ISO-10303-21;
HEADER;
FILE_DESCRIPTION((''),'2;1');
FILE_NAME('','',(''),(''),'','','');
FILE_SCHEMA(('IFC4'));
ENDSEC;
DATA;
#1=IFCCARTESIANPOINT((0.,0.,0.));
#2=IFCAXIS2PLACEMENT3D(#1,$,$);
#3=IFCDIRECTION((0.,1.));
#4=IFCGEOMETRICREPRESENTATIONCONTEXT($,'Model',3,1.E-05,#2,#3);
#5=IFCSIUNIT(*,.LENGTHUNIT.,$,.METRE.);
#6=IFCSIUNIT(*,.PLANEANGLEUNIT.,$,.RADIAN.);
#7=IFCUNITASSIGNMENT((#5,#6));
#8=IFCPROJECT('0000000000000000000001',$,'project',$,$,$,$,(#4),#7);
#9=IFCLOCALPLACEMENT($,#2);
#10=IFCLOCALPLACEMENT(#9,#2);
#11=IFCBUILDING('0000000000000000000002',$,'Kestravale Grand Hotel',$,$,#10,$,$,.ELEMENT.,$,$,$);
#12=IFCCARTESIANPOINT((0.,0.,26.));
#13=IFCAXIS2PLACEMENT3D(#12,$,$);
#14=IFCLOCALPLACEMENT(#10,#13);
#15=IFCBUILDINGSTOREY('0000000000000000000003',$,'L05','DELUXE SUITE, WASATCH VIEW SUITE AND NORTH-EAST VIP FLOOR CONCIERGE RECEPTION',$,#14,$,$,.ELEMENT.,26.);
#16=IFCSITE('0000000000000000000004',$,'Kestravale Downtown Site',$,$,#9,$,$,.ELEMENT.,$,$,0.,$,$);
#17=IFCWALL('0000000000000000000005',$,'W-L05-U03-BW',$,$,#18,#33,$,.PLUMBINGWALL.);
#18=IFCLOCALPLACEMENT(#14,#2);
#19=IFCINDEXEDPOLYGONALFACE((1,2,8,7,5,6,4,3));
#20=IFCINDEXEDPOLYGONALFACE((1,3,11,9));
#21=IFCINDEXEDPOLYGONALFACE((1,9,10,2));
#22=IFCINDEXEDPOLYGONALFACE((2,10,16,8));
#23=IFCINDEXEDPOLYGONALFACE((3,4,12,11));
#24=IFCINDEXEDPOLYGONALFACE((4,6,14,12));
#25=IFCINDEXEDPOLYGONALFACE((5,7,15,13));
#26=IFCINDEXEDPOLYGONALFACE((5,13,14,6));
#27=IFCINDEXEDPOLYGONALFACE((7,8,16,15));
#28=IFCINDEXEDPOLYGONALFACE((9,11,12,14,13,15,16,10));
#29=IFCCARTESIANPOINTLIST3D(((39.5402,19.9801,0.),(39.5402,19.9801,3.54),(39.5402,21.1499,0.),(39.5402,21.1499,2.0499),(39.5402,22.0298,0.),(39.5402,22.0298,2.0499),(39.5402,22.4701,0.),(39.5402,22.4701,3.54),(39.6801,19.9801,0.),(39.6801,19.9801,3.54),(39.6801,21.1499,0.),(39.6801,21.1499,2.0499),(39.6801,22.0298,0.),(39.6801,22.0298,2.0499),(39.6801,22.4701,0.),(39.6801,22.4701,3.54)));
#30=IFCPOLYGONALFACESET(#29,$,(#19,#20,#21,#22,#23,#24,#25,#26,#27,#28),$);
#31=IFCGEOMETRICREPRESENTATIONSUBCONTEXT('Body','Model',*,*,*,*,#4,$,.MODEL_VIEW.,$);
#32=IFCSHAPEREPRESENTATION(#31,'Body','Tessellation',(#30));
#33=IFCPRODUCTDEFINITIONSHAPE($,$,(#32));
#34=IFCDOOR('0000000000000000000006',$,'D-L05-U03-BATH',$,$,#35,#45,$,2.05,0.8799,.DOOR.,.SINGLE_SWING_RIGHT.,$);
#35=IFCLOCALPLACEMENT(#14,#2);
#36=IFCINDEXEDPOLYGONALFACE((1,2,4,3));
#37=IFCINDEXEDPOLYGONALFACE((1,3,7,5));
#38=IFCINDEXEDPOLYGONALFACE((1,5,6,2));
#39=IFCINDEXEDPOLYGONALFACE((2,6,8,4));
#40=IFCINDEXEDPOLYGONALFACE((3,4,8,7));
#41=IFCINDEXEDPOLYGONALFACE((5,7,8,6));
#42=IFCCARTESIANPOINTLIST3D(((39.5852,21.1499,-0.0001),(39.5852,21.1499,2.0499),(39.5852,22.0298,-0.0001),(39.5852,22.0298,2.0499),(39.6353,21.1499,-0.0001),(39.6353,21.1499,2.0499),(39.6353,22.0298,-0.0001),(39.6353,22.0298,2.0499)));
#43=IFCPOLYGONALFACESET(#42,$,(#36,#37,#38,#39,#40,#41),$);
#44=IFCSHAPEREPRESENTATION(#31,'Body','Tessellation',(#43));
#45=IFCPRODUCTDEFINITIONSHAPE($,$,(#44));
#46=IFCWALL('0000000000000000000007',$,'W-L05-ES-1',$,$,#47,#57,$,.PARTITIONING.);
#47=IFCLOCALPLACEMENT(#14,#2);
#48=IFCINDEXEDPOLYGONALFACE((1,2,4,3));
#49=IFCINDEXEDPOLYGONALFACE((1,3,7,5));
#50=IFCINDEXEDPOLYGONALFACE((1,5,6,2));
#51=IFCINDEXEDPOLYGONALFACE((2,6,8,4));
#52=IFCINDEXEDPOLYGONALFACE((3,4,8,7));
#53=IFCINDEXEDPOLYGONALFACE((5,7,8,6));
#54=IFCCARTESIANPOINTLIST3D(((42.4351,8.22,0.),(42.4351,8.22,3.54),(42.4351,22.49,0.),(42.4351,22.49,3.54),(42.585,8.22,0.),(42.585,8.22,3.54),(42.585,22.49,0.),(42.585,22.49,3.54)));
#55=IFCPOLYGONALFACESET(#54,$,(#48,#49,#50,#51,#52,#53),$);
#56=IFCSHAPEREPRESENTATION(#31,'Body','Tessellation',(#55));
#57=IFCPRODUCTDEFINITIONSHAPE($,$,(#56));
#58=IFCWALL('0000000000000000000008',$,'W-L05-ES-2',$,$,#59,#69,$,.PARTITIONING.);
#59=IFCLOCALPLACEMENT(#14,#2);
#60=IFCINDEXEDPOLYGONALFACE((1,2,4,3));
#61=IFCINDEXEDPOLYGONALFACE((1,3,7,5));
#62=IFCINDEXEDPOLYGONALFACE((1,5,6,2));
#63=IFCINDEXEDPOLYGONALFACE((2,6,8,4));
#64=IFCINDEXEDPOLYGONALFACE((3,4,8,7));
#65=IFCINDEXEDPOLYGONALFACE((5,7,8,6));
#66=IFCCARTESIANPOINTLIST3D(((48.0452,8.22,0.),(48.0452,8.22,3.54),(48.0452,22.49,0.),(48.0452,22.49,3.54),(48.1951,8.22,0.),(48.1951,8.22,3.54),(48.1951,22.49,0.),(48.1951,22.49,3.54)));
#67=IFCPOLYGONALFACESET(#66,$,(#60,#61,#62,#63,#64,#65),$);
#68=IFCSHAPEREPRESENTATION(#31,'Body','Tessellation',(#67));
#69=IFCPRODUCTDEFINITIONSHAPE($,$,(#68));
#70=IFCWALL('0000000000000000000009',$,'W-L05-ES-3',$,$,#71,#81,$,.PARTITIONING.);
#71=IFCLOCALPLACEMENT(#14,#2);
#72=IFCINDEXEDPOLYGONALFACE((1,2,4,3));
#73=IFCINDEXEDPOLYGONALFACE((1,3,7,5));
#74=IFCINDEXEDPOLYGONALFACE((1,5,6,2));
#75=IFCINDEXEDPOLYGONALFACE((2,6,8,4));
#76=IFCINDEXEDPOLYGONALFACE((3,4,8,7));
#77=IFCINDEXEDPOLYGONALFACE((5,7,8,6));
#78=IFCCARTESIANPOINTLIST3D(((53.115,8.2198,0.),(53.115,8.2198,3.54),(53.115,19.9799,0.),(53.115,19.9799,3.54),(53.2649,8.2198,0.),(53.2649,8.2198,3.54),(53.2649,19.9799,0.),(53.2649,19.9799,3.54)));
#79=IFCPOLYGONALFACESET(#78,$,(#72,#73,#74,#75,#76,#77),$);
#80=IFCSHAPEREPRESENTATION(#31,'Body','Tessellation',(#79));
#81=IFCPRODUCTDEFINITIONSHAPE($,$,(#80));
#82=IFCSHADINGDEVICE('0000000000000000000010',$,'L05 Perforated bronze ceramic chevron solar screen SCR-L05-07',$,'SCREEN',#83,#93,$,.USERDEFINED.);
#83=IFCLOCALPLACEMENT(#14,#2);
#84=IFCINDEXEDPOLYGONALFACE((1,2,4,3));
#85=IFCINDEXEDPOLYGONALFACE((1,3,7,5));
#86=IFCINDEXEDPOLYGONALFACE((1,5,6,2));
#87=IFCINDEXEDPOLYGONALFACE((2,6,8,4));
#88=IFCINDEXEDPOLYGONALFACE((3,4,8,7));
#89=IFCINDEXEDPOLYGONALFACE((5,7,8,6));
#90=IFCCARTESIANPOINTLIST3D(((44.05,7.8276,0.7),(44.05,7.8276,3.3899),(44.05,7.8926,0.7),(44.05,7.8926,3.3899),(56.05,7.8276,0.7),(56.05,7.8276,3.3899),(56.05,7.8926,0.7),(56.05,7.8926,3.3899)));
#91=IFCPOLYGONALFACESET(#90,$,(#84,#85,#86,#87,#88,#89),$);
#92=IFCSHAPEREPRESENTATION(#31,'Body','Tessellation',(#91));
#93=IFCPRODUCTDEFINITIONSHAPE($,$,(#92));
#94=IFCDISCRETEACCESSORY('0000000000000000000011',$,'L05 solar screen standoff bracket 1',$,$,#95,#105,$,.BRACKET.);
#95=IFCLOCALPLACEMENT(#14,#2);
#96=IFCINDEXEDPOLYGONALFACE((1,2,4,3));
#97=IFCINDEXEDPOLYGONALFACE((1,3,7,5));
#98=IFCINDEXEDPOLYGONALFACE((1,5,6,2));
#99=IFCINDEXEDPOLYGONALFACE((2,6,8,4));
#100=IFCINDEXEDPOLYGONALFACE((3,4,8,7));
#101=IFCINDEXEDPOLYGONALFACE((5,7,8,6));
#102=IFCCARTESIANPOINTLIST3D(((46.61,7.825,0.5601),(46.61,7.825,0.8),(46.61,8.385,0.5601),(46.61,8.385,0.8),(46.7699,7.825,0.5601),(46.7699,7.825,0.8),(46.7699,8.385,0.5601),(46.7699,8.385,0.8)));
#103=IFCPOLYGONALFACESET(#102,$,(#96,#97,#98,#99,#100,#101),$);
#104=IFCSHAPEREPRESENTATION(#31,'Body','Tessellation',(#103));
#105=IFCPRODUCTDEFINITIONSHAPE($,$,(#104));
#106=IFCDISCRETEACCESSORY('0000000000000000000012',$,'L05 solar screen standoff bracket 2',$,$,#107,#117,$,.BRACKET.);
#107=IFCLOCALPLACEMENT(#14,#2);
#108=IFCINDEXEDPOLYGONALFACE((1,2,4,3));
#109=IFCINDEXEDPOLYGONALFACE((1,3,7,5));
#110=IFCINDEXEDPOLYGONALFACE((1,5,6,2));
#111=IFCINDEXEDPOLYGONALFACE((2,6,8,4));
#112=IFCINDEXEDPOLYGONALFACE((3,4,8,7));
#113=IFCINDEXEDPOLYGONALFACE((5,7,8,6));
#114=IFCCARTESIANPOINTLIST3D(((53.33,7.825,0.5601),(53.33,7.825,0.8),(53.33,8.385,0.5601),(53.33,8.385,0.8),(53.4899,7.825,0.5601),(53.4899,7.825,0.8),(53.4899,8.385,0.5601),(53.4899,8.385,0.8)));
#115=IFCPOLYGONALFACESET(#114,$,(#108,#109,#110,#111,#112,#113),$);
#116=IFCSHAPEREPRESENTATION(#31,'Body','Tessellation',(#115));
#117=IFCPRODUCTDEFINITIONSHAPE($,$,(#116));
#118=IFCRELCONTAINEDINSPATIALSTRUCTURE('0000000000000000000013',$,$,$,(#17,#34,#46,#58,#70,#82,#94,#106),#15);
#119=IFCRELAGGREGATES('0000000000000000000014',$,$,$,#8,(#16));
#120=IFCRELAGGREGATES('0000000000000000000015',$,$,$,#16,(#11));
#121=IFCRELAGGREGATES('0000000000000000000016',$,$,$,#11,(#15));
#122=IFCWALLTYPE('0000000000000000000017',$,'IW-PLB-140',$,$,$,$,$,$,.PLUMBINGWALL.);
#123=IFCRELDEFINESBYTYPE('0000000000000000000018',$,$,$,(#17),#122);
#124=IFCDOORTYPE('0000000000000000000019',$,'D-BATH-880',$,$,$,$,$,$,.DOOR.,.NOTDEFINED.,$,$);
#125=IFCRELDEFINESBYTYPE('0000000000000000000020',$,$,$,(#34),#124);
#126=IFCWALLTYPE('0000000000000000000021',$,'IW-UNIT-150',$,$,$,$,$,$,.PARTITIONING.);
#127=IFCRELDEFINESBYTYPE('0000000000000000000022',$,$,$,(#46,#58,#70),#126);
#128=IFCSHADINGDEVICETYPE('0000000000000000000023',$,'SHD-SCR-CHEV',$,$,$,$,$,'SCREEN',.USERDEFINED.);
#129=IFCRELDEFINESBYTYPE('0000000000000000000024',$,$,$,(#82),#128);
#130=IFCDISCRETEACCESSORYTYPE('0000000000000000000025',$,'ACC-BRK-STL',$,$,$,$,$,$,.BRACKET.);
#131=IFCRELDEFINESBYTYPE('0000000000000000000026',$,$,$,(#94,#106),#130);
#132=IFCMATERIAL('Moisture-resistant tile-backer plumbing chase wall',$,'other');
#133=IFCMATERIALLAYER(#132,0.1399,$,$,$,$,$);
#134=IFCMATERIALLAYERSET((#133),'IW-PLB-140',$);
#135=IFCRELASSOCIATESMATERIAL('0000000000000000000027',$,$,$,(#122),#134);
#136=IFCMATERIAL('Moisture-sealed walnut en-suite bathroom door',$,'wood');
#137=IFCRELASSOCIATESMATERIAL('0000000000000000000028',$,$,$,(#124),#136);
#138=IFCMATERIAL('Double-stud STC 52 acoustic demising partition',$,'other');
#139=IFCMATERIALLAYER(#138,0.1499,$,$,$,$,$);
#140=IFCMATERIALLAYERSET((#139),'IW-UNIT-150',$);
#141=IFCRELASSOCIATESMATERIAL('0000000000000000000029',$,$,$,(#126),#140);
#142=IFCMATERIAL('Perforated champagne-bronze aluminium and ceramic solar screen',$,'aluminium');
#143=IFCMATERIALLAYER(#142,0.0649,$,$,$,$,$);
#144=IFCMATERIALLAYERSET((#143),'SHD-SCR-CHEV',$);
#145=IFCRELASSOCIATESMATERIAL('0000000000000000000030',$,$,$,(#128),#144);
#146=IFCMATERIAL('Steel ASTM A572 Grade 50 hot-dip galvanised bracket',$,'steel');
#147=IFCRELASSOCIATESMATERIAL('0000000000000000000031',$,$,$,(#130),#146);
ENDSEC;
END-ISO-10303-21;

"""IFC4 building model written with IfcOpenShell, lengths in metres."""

from ifc_helpers import new_model, si_unit, direction, frame, frame_2d, origin, origin_2d, place, context, subcontext, project, spatial, rectangle, extrude, material, layer, layer_set, type_object, element, fill, save


model = new_model("IFC4")

# Units and contexts
model_context = context("Model", 3, precision=1e-05, world=origin(), true_north=direction((0.0, 1.0)))
body_context = subcontext(model_context, "Body", "Model", "MODEL_VIEW")
ifc_project = project(units=[si_unit("LENGTHUNIT", "METRE"), si_unit("PLANEANGLEUNIT", "RADIAN")], contexts=[model_context])

# Site, building, storey
site_placement = place(None, origin())
site = spatial("IfcSite", under=ifc_project, at=site_placement, Name="Kestravale Downtown Site", CompositionType="ELEMENT", RefElevation=0.0)
building_placement = place(site_placement, origin())
building = spatial("IfcBuilding", under=site, at=building_placement, Name="Kestravale Grand Hotel", CompositionType="ELEMENT")
storey_placement = place(building_placement, frame((0.0, 0.0, 26.0)))
storey = spatial("IfcBuildingStorey", under=building, at=storey_placement, Name="L05", Description="DELUXE SUITE, WASATCH VIEW SUITE AND NORTH-EAST VIP FLOOR CONCIERGE RECEPTION", CompositionType="ELEMENT", Elevation=26.0)

# Wall, opening, door
ifc_material_1 = material(Name="Moisture-resistant tile-backer plumbing chase wall", Category="other")
ifc_layer_1 = layer(ifc_material_1, 0.1399)
ifc_layer_set_1 = layer_set([ifc_layer_1], Name="IW-PLB-140")
wall_type_1 = type_object("IfcWallType", Name="IW-PLB-140", PredefinedType="PLUMBINGWALL", material=ifc_layer_set_1)
wall_1_placement = place(storey_placement, frame((39.6101, 19.98, 0.0), z_axis=(0.0, 0.0, 1.0), x_axis=(0.0, 1.0, 0.0)))
wall_1 = element("IfcWall", 1, at=wall_1_placement, inside=storey, type_object=wall_type_1, Name="W-L05-U03-BW", PredefinedType="PLUMBINGWALL", context=body_context, shape_type="SweptSolid", body=[
    extrude(rectangle(XDim=2.49, YDim=0.1399, at=frame_2d((1.2451, 0.0))), origin(), (0.0, 0.0, 1.0), 3.54),
])
opening_1_placement = place(wall_1_placement, frame((1.1699, 0.0, 0.0)))
opening_1 = element("IfcOpeningElement", 2, at=opening_1_placement, cuts=wall_1, PredefinedType="OPENING", context=body_context, shape_type="SweptSolid", body=[
    extrude(rectangle(XDim=0.8799, YDim=2.05, at=frame_2d((0.4399, 1.0249))), frame((0.0, 0.0798, 0.0), z_axis=(0.0, -1.0, 0.0), x_axis=(1.0, 0.0, 0.0)), (0.0, 0.0, 1.0), 0.1599),
])
ifc_material_2 = material(Name="Moisture-sealed walnut en-suite bathroom door", Category="wood")
door_type = type_object("IfcDoorType", Name="D-BATH-880", OperationType="NOTDEFINED", PredefinedType="DOOR", material=ifc_material_2)
door_placement = place(opening_1_placement, origin())
door = element("IfcDoor", 3, at=door_placement, inside=storey, type_object=door_type, Name="D-L05-U03-BATH", OperationType="SINGLE_SWING_RIGHT", OverallHeight=2.05, OverallWidth=0.8799, PredefinedType="DOOR", context=body_context, shape_type="SweptSolid", body=[
    extrude(rectangle(XDim=0.8799, YDim=2.05, at=frame_2d((0.4399, 1.0249))), frame((0.0, 0.0249, 0.0), z_axis=(0.0, -1.0, 0.0), x_axis=(1.0, 0.0, 0.0)), (0.0, 0.0, 1.0), 0.05),
])
fill(opening_1, door)

# Walls
ifc_material_3 = material(Name="Double-stud STC 52 acoustic demising partition", Category="other")
ifc_layer_2 = layer(ifc_material_3, 0.1499)
ifc_layer_set_2 = layer_set([ifc_layer_2], Name="IW-UNIT-150")
wall_type_2 = type_object("IfcWallType", Name="IW-UNIT-150", PredefinedType="PARTITIONING", material=ifc_layer_set_2)
for number, where, z_axis, x_axis, name in (
    (4, (42.51, 8.22, 0.0), (0.0, 0.0, 1.0), (0.0, 1.0, 0.0), "W-L05-ES-1"),
    (5, (48.1201, 8.22, 0.0), (0.0, 0.0, 1.0), (0.0, 1.0, 0.0), "W-L05-ES-2"),
):
    element("IfcWall", number, at=place(storey_placement, frame(where, z_axis=z_axis, x_axis=x_axis)), inside=storey, type_object=wall_type_2, Name=name, PredefinedType="PARTITIONING", context=body_context, shape_type="SweptSolid", body=[
        extrude(rectangle(XDim=14.27, YDim=0.1499, at=frame_2d((7.135, 0.0))), origin(), (0.0, 0.0, 1.0), 3.54),
    ])
wall_2_placement = place(storey_placement, frame((53.1899, 8.22, 0.0), z_axis=(0.0, 0.0, 1.0), x_axis=(0.0, 1.0, 0.0)))
element("IfcWall", 6, at=wall_2_placement, inside=storey, type_object=wall_type_2, Name="W-L05-ES-3", PredefinedType="PARTITIONING", context=body_context, shape_type="SweptSolid", body=[
    extrude(rectangle(XDim=11.76, YDim=0.1499, at=frame_2d((5.8799, 0.0))), origin(), (0.0, 0.0, 1.0), 3.54),
])

# Shading device
ifc_material_4 = material(Name="Perforated champagne-bronze aluminium and ceramic solar screen", Category="aluminium")
ifc_layer_3 = layer(ifc_material_4, 0.0649)
ifc_layer_set_3 = layer_set([ifc_layer_3], Name="SHD-SCR-CHEV")
shading_device_type = type_object("IfcShadingDeviceType", Name="SHD-SCR-CHEV", ElementType="SCREEN", PredefinedType="USERDEFINED", material=ifc_layer_set_3)
shading_device_placement = place(storey_placement, frame((50.05, 7.8601, 0.7), z_axis=(0.0, 0.0, 1.0), x_axis=(1.0, 0.0, 0.0)))
element("IfcShadingDevice", 7, at=shading_device_placement, inside=storey, type_object=shading_device_type, Name="L05 Perforated bronze ceramic chevron solar screen SCR-L05-07", ObjectType="SCREEN", PredefinedType="USERDEFINED", context=body_context, shape_type="SweptSolid", body=[
    extrude(rectangle(XDim=12.0, YDim=0.0649, at=origin_2d()), origin(), (0.0, 0.0, 1.0), 2.6899),
])

# Discrete accessories
ifc_material_5 = material(Name="Steel ASTM A572 Grade 50 hot-dip galvanised bracket", Category="steel")
discrete_accessory_type = type_object("IfcDiscreteAccessoryType", Name="ACC-BRK-STL", PredefinedType="BRACKET", material=ifc_material_5)
for number, where, z_axis, x_axis, name in (
    (8, (46.6899, 8.105, 0.5601), (0.0, 0.0, 1.0), (1.0, 0.0, 0.0), "L05 solar screen standoff bracket 1"),
    (9, (53.4099, 8.105, 0.5601), (0.0, 0.0, 1.0), (1.0, 0.0, 0.0), "L05 solar screen standoff bracket 2"),
):
    element("IfcDiscreteAccessory", number, at=place(storey_placement, frame(where, z_axis=z_axis, x_axis=x_axis)), inside=storey, type_object=discrete_accessory_type, Name=name, PredefinedType="BRACKET", context=body_context, shape_type="SweptSolid", body=[
        extrude(rectangle(XDim=0.1599, YDim=0.5601, at=origin_2d()), origin(), (0.0, 0.0, 1.0), 0.24),
    ])

save(model, "model.ifc")
